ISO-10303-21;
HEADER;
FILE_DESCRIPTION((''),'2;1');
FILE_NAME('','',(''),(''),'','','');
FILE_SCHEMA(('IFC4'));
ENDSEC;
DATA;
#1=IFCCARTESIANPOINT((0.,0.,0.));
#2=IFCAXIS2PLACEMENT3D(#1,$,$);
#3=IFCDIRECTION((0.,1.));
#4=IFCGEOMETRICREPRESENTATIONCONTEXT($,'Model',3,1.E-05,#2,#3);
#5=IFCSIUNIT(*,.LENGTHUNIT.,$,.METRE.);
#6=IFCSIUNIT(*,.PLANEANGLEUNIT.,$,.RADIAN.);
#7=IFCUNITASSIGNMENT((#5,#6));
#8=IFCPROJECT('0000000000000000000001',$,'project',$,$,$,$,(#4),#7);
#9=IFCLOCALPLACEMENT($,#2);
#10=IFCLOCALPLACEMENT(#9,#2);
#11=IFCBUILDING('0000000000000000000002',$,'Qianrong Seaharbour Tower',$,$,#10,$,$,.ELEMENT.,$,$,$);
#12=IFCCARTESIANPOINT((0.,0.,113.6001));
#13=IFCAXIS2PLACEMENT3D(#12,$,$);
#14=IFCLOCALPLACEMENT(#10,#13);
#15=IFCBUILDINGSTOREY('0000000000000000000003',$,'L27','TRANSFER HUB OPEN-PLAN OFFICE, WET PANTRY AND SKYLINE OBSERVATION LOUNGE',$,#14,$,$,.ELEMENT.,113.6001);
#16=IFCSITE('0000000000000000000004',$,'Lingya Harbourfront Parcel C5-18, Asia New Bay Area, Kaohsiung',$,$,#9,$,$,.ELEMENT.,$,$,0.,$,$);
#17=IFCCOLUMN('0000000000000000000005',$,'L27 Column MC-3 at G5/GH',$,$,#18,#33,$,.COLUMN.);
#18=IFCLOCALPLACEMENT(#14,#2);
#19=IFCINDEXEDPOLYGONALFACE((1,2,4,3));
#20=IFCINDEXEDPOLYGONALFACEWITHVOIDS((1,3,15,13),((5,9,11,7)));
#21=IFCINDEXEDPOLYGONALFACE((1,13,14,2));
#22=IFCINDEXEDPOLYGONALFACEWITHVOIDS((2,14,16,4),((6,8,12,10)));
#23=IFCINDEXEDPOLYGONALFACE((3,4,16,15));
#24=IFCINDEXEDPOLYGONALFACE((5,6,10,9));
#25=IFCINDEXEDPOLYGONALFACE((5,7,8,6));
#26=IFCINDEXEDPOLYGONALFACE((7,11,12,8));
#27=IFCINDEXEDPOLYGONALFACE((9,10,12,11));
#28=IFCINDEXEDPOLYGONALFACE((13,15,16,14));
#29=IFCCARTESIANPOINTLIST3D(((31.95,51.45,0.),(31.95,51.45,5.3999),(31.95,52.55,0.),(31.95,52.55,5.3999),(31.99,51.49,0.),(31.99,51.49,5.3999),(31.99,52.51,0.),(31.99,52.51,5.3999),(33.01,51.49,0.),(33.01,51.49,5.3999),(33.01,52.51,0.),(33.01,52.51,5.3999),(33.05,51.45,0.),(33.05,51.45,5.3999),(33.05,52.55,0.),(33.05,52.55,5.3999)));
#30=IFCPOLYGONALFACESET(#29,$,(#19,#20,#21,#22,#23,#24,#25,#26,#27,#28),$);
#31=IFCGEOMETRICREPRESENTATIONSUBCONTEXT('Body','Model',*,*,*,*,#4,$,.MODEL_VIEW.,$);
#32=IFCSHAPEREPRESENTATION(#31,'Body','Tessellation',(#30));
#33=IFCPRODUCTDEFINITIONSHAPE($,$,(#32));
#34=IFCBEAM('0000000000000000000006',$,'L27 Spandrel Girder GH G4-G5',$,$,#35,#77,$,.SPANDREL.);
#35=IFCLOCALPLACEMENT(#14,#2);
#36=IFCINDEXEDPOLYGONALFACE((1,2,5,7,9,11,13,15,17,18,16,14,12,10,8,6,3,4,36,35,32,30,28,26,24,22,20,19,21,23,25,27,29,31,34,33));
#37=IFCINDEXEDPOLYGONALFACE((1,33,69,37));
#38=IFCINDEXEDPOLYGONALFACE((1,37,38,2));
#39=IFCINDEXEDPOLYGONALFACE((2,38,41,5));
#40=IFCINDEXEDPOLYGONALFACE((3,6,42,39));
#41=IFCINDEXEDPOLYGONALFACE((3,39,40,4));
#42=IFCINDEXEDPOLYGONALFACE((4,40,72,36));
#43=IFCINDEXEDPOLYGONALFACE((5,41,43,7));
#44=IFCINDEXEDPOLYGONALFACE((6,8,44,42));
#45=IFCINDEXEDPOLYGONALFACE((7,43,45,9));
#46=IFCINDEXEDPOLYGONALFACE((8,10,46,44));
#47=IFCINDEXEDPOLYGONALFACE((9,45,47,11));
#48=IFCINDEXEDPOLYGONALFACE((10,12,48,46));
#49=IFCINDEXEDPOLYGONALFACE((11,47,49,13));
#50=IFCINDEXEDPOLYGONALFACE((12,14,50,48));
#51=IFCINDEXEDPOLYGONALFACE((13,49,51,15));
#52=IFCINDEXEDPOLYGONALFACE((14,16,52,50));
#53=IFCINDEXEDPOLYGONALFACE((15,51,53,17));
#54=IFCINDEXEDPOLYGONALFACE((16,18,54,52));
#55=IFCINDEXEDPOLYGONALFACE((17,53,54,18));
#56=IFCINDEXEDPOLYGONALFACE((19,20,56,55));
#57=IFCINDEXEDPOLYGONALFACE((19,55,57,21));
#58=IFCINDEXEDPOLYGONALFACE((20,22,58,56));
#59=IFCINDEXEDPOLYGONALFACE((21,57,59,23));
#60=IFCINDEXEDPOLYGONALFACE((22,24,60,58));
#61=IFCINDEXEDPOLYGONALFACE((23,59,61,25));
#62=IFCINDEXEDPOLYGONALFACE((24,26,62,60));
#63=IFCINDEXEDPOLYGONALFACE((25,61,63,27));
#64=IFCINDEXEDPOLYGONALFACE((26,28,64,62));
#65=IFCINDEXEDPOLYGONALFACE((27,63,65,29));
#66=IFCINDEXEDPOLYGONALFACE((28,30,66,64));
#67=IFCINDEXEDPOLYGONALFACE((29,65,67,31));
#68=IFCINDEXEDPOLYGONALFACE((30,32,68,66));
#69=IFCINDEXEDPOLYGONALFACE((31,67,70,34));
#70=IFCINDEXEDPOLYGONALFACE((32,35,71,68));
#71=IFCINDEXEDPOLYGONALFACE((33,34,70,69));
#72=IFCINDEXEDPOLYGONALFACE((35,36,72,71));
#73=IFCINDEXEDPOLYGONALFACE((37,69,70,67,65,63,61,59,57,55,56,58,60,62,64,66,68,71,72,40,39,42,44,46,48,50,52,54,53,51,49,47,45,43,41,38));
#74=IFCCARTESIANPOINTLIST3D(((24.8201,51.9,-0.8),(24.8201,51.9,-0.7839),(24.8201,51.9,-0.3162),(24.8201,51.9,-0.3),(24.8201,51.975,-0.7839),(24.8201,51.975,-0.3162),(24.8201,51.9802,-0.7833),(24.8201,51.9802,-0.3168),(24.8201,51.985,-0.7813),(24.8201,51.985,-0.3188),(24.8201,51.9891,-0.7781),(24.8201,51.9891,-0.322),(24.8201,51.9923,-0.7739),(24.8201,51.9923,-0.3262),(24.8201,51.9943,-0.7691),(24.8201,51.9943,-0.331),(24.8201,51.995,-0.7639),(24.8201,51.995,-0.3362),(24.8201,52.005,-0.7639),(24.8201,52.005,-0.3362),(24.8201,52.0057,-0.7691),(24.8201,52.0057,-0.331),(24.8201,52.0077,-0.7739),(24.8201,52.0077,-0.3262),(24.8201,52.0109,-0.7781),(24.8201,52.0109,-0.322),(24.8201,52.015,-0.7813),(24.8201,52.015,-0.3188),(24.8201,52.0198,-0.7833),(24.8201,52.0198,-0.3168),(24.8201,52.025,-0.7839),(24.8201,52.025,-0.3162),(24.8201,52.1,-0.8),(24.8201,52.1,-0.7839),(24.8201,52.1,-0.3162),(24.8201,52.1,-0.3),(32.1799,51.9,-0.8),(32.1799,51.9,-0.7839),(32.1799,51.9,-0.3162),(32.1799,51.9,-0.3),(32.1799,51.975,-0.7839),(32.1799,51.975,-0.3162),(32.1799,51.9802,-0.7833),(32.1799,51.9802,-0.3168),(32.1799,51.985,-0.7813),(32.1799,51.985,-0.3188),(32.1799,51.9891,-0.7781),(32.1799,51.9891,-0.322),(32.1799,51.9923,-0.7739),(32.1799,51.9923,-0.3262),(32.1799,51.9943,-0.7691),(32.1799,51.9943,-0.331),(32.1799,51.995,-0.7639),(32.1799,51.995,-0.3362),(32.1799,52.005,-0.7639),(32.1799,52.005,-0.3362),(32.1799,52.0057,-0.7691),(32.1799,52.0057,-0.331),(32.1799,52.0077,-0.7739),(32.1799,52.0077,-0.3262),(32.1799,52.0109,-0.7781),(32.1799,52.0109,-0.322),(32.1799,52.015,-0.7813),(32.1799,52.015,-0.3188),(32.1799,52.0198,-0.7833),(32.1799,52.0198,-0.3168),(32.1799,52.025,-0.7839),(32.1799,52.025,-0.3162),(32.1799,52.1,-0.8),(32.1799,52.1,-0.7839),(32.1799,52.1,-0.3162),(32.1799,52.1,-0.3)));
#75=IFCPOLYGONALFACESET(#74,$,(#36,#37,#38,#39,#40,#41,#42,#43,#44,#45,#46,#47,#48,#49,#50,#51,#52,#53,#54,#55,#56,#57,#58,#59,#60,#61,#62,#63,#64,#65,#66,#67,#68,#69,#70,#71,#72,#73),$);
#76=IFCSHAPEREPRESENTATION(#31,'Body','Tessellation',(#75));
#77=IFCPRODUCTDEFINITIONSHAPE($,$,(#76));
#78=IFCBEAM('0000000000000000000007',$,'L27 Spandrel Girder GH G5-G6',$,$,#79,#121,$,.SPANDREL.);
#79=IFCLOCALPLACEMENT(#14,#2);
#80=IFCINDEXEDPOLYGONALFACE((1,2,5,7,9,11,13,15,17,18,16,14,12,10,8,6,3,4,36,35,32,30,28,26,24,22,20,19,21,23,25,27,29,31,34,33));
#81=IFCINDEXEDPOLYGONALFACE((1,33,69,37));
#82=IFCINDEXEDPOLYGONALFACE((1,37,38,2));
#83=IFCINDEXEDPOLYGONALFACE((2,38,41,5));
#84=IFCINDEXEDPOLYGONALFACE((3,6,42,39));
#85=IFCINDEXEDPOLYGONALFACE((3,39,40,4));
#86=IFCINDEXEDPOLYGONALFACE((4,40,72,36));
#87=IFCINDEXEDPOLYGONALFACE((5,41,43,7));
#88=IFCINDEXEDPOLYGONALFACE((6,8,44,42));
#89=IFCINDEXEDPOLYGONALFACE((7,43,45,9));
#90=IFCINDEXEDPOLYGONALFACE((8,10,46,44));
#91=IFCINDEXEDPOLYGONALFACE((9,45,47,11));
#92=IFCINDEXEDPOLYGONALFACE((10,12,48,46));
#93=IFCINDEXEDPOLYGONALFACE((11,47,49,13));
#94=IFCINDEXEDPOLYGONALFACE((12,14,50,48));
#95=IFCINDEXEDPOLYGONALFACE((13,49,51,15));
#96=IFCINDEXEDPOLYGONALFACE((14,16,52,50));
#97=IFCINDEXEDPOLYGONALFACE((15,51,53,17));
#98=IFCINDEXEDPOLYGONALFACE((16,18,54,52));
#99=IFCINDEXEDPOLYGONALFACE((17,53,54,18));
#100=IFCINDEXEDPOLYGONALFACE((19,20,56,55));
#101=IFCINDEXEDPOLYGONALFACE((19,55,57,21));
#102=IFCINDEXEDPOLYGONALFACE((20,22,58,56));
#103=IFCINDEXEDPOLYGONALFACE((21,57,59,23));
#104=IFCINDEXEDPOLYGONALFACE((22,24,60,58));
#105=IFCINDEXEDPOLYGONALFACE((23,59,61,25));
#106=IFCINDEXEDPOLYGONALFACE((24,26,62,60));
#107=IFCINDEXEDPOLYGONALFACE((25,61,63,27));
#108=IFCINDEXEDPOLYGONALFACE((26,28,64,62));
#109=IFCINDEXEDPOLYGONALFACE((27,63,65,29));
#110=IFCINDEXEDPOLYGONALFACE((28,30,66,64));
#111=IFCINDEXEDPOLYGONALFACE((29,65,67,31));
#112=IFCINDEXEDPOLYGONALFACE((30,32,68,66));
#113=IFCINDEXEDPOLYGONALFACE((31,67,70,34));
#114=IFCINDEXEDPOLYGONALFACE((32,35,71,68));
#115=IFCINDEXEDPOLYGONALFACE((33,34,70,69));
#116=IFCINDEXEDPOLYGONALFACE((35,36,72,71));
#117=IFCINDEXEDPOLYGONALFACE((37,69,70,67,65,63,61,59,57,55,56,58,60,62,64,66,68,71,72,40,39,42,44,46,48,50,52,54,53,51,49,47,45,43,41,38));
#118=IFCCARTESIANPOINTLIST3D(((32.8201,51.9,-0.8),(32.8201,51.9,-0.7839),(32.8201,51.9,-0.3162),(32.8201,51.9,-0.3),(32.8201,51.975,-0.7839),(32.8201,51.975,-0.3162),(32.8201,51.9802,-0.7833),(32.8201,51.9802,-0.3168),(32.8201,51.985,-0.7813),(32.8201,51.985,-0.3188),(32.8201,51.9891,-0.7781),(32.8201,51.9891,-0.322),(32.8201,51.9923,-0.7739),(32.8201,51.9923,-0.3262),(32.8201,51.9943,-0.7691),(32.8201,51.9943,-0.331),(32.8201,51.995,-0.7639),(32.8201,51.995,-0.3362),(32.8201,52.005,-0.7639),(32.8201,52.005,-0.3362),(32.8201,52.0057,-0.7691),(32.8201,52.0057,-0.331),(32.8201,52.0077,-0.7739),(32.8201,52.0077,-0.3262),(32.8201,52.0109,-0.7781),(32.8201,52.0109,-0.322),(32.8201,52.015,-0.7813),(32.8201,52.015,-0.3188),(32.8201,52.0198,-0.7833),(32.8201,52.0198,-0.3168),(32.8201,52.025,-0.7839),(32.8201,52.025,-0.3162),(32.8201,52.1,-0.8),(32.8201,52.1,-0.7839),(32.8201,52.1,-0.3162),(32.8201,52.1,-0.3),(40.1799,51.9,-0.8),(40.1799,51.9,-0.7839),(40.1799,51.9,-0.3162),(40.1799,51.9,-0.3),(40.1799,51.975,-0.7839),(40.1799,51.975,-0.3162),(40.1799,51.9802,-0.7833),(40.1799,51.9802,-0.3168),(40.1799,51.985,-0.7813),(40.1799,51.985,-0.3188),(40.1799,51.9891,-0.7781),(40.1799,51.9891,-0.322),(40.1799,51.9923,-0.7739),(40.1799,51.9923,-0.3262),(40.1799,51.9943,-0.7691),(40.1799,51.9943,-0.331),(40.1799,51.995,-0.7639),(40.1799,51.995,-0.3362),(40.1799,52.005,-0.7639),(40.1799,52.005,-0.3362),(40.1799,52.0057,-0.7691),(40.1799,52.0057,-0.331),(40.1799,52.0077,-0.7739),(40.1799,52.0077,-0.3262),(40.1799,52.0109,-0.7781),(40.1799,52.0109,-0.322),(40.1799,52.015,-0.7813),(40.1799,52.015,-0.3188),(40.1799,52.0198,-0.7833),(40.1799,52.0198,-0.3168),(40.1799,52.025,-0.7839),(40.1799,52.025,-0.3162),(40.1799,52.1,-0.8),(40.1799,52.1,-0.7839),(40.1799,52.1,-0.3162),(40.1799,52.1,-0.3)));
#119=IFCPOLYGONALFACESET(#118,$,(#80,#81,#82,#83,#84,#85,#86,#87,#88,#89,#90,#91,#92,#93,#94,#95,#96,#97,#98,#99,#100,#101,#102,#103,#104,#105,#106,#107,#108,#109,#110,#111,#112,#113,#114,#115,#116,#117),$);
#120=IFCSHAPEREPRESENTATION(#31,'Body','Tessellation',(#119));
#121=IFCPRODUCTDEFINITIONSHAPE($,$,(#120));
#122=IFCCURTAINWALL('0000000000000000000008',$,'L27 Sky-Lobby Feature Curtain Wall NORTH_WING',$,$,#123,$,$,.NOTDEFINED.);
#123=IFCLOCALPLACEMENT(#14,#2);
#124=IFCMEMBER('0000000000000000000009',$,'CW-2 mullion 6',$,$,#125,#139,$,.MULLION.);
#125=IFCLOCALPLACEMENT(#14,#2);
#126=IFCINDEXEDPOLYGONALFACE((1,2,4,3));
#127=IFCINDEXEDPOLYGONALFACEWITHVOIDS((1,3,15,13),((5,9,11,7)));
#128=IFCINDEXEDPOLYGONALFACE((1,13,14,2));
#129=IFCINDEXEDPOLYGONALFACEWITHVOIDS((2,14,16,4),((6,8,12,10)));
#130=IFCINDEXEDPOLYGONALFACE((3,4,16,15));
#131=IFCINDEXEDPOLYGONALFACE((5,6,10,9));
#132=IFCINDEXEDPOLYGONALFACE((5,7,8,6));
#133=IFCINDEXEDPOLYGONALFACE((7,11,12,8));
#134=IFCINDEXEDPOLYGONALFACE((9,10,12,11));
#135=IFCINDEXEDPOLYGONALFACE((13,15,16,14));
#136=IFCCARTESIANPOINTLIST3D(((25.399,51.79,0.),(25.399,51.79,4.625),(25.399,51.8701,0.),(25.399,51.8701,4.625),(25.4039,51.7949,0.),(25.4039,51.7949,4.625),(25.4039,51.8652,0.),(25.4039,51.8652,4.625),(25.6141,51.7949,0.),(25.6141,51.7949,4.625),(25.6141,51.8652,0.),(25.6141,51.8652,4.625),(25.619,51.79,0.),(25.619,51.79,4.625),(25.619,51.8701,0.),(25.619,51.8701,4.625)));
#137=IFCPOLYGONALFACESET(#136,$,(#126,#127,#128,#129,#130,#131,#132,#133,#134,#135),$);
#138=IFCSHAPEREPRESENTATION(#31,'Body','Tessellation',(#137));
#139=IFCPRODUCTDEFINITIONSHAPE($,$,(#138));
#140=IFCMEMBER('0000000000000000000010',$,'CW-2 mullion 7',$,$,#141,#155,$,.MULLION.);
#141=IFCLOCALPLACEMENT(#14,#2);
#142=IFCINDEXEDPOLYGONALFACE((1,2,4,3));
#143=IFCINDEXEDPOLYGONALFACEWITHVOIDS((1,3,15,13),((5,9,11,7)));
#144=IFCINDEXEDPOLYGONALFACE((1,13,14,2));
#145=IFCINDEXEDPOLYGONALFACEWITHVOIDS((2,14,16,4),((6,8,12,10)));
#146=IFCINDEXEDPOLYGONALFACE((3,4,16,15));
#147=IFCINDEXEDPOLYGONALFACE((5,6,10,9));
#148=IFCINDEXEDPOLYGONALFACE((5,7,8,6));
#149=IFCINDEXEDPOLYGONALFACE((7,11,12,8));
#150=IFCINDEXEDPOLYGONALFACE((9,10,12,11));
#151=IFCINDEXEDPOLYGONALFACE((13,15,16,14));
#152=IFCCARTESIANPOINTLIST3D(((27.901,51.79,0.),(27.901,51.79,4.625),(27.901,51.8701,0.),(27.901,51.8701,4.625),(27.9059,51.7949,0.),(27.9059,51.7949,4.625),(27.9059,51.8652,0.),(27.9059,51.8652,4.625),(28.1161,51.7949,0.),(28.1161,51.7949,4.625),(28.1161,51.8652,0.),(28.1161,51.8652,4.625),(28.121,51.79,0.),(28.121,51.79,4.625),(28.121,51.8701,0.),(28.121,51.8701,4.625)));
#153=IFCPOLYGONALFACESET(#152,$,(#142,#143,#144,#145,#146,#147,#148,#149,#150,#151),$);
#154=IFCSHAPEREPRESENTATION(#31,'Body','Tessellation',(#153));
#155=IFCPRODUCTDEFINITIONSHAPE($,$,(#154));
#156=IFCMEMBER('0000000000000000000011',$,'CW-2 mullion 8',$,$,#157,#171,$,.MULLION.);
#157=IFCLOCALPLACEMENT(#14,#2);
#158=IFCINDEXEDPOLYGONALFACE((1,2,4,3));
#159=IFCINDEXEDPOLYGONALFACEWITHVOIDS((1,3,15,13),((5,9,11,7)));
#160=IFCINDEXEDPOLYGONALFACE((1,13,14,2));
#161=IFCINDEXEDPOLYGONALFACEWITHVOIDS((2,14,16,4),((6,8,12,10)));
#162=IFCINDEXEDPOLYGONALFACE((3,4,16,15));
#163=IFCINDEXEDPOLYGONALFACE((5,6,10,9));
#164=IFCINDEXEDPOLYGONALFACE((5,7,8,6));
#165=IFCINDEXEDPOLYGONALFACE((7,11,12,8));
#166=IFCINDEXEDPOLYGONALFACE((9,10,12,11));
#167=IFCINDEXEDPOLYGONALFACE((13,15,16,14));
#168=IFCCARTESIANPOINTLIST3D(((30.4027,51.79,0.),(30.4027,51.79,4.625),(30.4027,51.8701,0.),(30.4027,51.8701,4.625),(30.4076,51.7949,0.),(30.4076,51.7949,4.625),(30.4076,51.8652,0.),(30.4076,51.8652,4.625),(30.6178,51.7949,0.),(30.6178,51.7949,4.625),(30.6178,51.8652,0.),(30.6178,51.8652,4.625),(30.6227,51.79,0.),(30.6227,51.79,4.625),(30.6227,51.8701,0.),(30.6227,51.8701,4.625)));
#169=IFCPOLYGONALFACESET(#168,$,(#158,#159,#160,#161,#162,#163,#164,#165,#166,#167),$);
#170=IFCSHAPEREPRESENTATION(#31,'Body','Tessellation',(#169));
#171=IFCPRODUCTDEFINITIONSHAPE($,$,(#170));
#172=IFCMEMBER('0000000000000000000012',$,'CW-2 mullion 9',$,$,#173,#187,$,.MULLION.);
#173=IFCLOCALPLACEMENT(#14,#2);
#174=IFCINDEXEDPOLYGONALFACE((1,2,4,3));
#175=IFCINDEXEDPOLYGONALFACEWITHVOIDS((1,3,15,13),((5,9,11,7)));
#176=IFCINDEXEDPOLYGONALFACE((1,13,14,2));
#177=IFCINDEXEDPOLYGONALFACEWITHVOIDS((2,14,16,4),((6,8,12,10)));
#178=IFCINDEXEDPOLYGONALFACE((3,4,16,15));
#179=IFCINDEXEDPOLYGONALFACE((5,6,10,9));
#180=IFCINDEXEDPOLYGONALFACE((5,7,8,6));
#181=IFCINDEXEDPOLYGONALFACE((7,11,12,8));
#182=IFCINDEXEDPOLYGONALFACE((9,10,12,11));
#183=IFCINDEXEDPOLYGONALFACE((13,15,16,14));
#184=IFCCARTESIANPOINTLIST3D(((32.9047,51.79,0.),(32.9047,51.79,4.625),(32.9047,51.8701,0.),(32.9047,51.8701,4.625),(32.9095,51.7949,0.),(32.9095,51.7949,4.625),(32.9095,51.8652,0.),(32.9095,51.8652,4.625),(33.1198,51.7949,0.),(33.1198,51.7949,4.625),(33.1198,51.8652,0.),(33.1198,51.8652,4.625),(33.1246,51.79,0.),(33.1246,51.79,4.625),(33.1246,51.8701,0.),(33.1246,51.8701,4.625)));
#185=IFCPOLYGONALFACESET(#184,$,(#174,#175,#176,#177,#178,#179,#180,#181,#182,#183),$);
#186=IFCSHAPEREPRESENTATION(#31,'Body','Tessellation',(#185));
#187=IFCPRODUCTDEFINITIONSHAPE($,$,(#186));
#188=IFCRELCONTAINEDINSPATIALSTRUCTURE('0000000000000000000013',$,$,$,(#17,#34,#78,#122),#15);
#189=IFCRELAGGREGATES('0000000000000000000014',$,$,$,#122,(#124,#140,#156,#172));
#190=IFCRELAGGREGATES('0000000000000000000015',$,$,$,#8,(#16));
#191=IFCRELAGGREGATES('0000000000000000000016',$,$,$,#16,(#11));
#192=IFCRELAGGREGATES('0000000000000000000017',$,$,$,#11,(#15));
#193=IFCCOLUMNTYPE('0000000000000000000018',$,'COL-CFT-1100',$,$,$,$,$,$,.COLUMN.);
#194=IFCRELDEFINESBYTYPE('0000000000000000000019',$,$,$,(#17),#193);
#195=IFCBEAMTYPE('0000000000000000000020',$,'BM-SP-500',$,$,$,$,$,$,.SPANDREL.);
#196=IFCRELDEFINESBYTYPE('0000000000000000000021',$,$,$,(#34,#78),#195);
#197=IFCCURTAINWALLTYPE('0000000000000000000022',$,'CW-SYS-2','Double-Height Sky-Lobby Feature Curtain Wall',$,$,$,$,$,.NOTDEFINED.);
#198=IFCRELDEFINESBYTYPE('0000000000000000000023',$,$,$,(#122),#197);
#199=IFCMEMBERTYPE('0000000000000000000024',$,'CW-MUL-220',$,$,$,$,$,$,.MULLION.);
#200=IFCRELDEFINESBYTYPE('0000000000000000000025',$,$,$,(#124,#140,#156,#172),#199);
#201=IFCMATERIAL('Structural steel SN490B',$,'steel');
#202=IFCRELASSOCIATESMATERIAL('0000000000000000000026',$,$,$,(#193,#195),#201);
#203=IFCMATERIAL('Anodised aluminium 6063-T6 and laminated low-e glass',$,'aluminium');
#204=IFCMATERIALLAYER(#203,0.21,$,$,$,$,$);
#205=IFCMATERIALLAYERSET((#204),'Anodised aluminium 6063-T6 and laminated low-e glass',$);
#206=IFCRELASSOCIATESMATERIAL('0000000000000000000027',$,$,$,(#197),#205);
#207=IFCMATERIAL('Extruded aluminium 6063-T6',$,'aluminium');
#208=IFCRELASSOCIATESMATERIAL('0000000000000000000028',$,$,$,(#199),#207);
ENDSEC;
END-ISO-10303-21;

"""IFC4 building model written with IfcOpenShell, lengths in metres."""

from ifc_helpers import new_model, si_unit, direction, frame, origin, origin_2d, place, context, subcontext, project, spatial, hollow_rectangle, i_section, extrude, material, layer, layer_set, material_profile, profile_set, type_object, element, aggregate, save


model = new_model("IFC4")

# Units and contexts
model_context = context("Model", 3, precision=1e-05, world=origin(), true_north=direction((0.0, 1.0)))
body_context = subcontext(model_context, "Body", "Model", "MODEL_VIEW")
ifc_project = project(units=[si_unit("LENGTHUNIT", "METRE"), si_unit("PLANEANGLEUNIT", "RADIAN")], contexts=[model_context])

# Site, building, storey
site_placement = place(None, origin())
site = spatial("IfcSite", under=ifc_project, at=site_placement, Name="Lingya Harbourfront Parcel C5-18, Asia New Bay Area, Kaohsiung", CompositionType="ELEMENT", RefElevation=0.0)
building_placement = place(site_placement, origin())
building = spatial("IfcBuilding", under=site, at=building_placement, Name="Qianrong Seaharbour Tower", CompositionType="ELEMENT")
storey_placement = place(building_placement, frame((0.0, 0.0, 113.6001)))
storey = spatial("IfcBuildingStorey", under=building, at=storey_placement, Name="L27", Description="TRANSFER HUB OPEN-PLAN OFFICE, WET PANTRY AND SKYLINE OBSERVATION LOUNGE", CompositionType="ELEMENT", Elevation=113.6001)

# Column
ifc_material_1 = material(Name="Structural steel SN490B", Category="steel")
ifc_material_profile_1 = material_profile(ifc_material_1, hollow_rectangle(XDim=1.1001, YDim=1.1001, WallThickness=0.04, at=origin_2d()), Name="BOX1100x1100x40")
ifc_profile_set_1 = profile_set([ifc_material_profile_1], Name="Structural steel SN490B")
column_type = type_object("IfcColumnType", Name="COL-CFT-1100", PredefinedType="COLUMN", material=ifc_profile_set_1)
column_placement = place(storey_placement, frame((32.5, 52.0, 0.0), z_axis=(0.0, 0.0, 1.0), x_axis=(1.0, 0.0, 0.0)))
element("IfcColumn", 1, at=column_placement, inside=storey, type_object=column_type, Name="L27 Column MC-3 at G5/GH", PredefinedType="COLUMN", context=body_context, shape_type="SweptSolid", body=[
    extrude(hollow_rectangle(XDim=1.1001, YDim=1.1001, WallThickness=0.04, at=origin_2d()), origin(), (0.0, 0.0, 1.0), 5.3999),
])

# Beams
ifc_material_profile_2 = material_profile(ifc_material_1, i_section(OverallWidth=0.2, OverallDepth=0.5, WebThickness=0.01, FlangeThickness=0.0161, FilletRadius=0.02, at=origin_2d()), Name="H500x200x10x16")
ifc_profile_set_2 = profile_set([ifc_material_profile_2], Name="Structural steel SN490B")
beam_type = type_object("IfcBeamType", Name="BM-SP-500", PredefinedType="SPANDREL", material=ifc_profile_set_2)
for number, where, z_axis, x_axis, name in (
    (2, (24.8201, 52.0, -0.55), (1.0, 0.0, 0.0), (0.0, 1.0, 0.0), "L27 Spandrel Girder GH G4-G5"),
    (3, (32.8201, 52.0, -0.55), (1.0, 0.0, 0.0), (0.0, 1.0, 0.0), "L27 Spandrel Girder GH G5-G6"),
):
    element("IfcBeam", number, at=place(storey_placement, frame(where, z_axis=z_axis, x_axis=x_axis)), inside=storey, type_object=beam_type, Name=name, PredefinedType="SPANDREL", context=body_context, shape_type="SweptSolid", body=[
        extrude(i_section(OverallWidth=0.2, OverallDepth=0.5, WebThickness=0.01, FlangeThickness=0.0161, FilletRadius=0.02, at=origin_2d()), origin(), (0.0, 0.0, 1.0), 7.3599),
    ])

# Curtain wall, members
ifc_material_2 = material(Name="Anodised aluminium 6063-T6 and laminated low-e glass", Category="aluminium")
ifc_layer_1 = layer(ifc_material_2, 0.21)
ifc_layer_set_1 = layer_set([ifc_layer_1], Name="Anodised aluminium 6063-T6 and laminated low-e glass")
curtain_wall_type = type_object("IfcCurtainWallType", Name="CW-SYS-2", Description="Double-Height Sky-Lobby Feature Curtain Wall", PredefinedType="NOTDEFINED", material=ifc_layer_set_1)
curtain_wall_placement = place(storey_placement, origin())
curtain_wall = element("IfcCurtainWall", 4, at=curtain_wall_placement, inside=storey, type_object=curtain_wall_type, Name="L27 Sky-Lobby Feature Curtain Wall NORTH_WING", PredefinedType="NOTDEFINED")
ifc_material_3 = material(Name="Extruded aluminium 6063-T6", Category="aluminium")
ifc_material_profile_3 = material_profile(ifc_material_3, hollow_rectangle(XDim=0.0801, YDim=0.22, WallThickness=0.0049, at=origin_2d()), Name="ALU-MUL-220x80x5")
ifc_profile_set_3 = profile_set([ifc_material_profile_3], Name="Extruded aluminium 6063-T6")
member_type_1 = type_object("IfcMemberType", Name="CW-MUL-220", PredefinedType="MULLION", material=ifc_profile_set_3)
member_1_placement = place(storey_placement, frame((25.509, 51.8301, 0.0), z_axis=(0.0, 0.0, 1.0), x_axis=(0.0, 1.0, 0.0)))
member_1 = element("IfcMember", 5, at=member_1_placement, type_object=member_type_1, Name="CW-2 mullion 6", PredefinedType="MULLION", context=body_context, shape_type="SweptSolid", body=[
    extrude(hollow_rectangle(XDim=0.0801, YDim=0.22, WallThickness=0.0049, at=origin_2d()), origin(), (0.0, 0.0, 1.0), 4.625),
])
member_2_placement = place(storey_placement, frame((28.011, 51.8301, 0.0), z_axis=(0.0, 0.0, 1.0), x_axis=(0.0, 1.0, 0.0)))
member_2 = element("IfcMember", 6, at=member_2_placement, type_object=member_type_1, Name="CW-2 mullion 7", PredefinedType="MULLION", context=body_context, shape_type="SweptSolid", body=[
    extrude(hollow_rectangle(XDim=0.0801, YDim=0.22, WallThickness=0.0049, at=origin_2d()), origin(), (0.0, 0.0, 1.0), 4.625),
])
member_3_placement = place(storey_placement, frame((30.5127, 51.8301, 0.0), z_axis=(0.0, 0.0, 1.0), x_axis=(0.0, 1.0, 0.0)))
member_3 = element("IfcMember", 7, at=member_3_placement, type_object=member_type_1, Name="CW-2 mullion 8", PredefinedType="MULLION", context=body_context, shape_type="SweptSolid", body=[
    extrude(hollow_rectangle(XDim=0.0801, YDim=0.22, WallThickness=0.0049, at=origin_2d()), origin(), (0.0, 0.0, 1.0), 4.625),
])
member_4_placement = place(storey_placement, frame((33.0146, 51.8301, 0.0), z_axis=(0.0, 0.0, 1.0), x_axis=(0.0, 1.0, 0.0)))
member_4 = element("IfcMember", 8, at=member_4_placement, type_object=member_type_1, Name="CW-2 mullion 9", PredefinedType="MULLION", context=body_context, shape_type="SweptSolid", body=[
    extrude(hollow_rectangle(XDim=0.0801, YDim=0.22, WallThickness=0.0049, at=origin_2d()), origin(), (0.0, 0.0, 1.0), 4.625),
])
aggregate(curtain_wall, [member_1, member_2, member_3, member_4])

save(model, "model.ifc")
